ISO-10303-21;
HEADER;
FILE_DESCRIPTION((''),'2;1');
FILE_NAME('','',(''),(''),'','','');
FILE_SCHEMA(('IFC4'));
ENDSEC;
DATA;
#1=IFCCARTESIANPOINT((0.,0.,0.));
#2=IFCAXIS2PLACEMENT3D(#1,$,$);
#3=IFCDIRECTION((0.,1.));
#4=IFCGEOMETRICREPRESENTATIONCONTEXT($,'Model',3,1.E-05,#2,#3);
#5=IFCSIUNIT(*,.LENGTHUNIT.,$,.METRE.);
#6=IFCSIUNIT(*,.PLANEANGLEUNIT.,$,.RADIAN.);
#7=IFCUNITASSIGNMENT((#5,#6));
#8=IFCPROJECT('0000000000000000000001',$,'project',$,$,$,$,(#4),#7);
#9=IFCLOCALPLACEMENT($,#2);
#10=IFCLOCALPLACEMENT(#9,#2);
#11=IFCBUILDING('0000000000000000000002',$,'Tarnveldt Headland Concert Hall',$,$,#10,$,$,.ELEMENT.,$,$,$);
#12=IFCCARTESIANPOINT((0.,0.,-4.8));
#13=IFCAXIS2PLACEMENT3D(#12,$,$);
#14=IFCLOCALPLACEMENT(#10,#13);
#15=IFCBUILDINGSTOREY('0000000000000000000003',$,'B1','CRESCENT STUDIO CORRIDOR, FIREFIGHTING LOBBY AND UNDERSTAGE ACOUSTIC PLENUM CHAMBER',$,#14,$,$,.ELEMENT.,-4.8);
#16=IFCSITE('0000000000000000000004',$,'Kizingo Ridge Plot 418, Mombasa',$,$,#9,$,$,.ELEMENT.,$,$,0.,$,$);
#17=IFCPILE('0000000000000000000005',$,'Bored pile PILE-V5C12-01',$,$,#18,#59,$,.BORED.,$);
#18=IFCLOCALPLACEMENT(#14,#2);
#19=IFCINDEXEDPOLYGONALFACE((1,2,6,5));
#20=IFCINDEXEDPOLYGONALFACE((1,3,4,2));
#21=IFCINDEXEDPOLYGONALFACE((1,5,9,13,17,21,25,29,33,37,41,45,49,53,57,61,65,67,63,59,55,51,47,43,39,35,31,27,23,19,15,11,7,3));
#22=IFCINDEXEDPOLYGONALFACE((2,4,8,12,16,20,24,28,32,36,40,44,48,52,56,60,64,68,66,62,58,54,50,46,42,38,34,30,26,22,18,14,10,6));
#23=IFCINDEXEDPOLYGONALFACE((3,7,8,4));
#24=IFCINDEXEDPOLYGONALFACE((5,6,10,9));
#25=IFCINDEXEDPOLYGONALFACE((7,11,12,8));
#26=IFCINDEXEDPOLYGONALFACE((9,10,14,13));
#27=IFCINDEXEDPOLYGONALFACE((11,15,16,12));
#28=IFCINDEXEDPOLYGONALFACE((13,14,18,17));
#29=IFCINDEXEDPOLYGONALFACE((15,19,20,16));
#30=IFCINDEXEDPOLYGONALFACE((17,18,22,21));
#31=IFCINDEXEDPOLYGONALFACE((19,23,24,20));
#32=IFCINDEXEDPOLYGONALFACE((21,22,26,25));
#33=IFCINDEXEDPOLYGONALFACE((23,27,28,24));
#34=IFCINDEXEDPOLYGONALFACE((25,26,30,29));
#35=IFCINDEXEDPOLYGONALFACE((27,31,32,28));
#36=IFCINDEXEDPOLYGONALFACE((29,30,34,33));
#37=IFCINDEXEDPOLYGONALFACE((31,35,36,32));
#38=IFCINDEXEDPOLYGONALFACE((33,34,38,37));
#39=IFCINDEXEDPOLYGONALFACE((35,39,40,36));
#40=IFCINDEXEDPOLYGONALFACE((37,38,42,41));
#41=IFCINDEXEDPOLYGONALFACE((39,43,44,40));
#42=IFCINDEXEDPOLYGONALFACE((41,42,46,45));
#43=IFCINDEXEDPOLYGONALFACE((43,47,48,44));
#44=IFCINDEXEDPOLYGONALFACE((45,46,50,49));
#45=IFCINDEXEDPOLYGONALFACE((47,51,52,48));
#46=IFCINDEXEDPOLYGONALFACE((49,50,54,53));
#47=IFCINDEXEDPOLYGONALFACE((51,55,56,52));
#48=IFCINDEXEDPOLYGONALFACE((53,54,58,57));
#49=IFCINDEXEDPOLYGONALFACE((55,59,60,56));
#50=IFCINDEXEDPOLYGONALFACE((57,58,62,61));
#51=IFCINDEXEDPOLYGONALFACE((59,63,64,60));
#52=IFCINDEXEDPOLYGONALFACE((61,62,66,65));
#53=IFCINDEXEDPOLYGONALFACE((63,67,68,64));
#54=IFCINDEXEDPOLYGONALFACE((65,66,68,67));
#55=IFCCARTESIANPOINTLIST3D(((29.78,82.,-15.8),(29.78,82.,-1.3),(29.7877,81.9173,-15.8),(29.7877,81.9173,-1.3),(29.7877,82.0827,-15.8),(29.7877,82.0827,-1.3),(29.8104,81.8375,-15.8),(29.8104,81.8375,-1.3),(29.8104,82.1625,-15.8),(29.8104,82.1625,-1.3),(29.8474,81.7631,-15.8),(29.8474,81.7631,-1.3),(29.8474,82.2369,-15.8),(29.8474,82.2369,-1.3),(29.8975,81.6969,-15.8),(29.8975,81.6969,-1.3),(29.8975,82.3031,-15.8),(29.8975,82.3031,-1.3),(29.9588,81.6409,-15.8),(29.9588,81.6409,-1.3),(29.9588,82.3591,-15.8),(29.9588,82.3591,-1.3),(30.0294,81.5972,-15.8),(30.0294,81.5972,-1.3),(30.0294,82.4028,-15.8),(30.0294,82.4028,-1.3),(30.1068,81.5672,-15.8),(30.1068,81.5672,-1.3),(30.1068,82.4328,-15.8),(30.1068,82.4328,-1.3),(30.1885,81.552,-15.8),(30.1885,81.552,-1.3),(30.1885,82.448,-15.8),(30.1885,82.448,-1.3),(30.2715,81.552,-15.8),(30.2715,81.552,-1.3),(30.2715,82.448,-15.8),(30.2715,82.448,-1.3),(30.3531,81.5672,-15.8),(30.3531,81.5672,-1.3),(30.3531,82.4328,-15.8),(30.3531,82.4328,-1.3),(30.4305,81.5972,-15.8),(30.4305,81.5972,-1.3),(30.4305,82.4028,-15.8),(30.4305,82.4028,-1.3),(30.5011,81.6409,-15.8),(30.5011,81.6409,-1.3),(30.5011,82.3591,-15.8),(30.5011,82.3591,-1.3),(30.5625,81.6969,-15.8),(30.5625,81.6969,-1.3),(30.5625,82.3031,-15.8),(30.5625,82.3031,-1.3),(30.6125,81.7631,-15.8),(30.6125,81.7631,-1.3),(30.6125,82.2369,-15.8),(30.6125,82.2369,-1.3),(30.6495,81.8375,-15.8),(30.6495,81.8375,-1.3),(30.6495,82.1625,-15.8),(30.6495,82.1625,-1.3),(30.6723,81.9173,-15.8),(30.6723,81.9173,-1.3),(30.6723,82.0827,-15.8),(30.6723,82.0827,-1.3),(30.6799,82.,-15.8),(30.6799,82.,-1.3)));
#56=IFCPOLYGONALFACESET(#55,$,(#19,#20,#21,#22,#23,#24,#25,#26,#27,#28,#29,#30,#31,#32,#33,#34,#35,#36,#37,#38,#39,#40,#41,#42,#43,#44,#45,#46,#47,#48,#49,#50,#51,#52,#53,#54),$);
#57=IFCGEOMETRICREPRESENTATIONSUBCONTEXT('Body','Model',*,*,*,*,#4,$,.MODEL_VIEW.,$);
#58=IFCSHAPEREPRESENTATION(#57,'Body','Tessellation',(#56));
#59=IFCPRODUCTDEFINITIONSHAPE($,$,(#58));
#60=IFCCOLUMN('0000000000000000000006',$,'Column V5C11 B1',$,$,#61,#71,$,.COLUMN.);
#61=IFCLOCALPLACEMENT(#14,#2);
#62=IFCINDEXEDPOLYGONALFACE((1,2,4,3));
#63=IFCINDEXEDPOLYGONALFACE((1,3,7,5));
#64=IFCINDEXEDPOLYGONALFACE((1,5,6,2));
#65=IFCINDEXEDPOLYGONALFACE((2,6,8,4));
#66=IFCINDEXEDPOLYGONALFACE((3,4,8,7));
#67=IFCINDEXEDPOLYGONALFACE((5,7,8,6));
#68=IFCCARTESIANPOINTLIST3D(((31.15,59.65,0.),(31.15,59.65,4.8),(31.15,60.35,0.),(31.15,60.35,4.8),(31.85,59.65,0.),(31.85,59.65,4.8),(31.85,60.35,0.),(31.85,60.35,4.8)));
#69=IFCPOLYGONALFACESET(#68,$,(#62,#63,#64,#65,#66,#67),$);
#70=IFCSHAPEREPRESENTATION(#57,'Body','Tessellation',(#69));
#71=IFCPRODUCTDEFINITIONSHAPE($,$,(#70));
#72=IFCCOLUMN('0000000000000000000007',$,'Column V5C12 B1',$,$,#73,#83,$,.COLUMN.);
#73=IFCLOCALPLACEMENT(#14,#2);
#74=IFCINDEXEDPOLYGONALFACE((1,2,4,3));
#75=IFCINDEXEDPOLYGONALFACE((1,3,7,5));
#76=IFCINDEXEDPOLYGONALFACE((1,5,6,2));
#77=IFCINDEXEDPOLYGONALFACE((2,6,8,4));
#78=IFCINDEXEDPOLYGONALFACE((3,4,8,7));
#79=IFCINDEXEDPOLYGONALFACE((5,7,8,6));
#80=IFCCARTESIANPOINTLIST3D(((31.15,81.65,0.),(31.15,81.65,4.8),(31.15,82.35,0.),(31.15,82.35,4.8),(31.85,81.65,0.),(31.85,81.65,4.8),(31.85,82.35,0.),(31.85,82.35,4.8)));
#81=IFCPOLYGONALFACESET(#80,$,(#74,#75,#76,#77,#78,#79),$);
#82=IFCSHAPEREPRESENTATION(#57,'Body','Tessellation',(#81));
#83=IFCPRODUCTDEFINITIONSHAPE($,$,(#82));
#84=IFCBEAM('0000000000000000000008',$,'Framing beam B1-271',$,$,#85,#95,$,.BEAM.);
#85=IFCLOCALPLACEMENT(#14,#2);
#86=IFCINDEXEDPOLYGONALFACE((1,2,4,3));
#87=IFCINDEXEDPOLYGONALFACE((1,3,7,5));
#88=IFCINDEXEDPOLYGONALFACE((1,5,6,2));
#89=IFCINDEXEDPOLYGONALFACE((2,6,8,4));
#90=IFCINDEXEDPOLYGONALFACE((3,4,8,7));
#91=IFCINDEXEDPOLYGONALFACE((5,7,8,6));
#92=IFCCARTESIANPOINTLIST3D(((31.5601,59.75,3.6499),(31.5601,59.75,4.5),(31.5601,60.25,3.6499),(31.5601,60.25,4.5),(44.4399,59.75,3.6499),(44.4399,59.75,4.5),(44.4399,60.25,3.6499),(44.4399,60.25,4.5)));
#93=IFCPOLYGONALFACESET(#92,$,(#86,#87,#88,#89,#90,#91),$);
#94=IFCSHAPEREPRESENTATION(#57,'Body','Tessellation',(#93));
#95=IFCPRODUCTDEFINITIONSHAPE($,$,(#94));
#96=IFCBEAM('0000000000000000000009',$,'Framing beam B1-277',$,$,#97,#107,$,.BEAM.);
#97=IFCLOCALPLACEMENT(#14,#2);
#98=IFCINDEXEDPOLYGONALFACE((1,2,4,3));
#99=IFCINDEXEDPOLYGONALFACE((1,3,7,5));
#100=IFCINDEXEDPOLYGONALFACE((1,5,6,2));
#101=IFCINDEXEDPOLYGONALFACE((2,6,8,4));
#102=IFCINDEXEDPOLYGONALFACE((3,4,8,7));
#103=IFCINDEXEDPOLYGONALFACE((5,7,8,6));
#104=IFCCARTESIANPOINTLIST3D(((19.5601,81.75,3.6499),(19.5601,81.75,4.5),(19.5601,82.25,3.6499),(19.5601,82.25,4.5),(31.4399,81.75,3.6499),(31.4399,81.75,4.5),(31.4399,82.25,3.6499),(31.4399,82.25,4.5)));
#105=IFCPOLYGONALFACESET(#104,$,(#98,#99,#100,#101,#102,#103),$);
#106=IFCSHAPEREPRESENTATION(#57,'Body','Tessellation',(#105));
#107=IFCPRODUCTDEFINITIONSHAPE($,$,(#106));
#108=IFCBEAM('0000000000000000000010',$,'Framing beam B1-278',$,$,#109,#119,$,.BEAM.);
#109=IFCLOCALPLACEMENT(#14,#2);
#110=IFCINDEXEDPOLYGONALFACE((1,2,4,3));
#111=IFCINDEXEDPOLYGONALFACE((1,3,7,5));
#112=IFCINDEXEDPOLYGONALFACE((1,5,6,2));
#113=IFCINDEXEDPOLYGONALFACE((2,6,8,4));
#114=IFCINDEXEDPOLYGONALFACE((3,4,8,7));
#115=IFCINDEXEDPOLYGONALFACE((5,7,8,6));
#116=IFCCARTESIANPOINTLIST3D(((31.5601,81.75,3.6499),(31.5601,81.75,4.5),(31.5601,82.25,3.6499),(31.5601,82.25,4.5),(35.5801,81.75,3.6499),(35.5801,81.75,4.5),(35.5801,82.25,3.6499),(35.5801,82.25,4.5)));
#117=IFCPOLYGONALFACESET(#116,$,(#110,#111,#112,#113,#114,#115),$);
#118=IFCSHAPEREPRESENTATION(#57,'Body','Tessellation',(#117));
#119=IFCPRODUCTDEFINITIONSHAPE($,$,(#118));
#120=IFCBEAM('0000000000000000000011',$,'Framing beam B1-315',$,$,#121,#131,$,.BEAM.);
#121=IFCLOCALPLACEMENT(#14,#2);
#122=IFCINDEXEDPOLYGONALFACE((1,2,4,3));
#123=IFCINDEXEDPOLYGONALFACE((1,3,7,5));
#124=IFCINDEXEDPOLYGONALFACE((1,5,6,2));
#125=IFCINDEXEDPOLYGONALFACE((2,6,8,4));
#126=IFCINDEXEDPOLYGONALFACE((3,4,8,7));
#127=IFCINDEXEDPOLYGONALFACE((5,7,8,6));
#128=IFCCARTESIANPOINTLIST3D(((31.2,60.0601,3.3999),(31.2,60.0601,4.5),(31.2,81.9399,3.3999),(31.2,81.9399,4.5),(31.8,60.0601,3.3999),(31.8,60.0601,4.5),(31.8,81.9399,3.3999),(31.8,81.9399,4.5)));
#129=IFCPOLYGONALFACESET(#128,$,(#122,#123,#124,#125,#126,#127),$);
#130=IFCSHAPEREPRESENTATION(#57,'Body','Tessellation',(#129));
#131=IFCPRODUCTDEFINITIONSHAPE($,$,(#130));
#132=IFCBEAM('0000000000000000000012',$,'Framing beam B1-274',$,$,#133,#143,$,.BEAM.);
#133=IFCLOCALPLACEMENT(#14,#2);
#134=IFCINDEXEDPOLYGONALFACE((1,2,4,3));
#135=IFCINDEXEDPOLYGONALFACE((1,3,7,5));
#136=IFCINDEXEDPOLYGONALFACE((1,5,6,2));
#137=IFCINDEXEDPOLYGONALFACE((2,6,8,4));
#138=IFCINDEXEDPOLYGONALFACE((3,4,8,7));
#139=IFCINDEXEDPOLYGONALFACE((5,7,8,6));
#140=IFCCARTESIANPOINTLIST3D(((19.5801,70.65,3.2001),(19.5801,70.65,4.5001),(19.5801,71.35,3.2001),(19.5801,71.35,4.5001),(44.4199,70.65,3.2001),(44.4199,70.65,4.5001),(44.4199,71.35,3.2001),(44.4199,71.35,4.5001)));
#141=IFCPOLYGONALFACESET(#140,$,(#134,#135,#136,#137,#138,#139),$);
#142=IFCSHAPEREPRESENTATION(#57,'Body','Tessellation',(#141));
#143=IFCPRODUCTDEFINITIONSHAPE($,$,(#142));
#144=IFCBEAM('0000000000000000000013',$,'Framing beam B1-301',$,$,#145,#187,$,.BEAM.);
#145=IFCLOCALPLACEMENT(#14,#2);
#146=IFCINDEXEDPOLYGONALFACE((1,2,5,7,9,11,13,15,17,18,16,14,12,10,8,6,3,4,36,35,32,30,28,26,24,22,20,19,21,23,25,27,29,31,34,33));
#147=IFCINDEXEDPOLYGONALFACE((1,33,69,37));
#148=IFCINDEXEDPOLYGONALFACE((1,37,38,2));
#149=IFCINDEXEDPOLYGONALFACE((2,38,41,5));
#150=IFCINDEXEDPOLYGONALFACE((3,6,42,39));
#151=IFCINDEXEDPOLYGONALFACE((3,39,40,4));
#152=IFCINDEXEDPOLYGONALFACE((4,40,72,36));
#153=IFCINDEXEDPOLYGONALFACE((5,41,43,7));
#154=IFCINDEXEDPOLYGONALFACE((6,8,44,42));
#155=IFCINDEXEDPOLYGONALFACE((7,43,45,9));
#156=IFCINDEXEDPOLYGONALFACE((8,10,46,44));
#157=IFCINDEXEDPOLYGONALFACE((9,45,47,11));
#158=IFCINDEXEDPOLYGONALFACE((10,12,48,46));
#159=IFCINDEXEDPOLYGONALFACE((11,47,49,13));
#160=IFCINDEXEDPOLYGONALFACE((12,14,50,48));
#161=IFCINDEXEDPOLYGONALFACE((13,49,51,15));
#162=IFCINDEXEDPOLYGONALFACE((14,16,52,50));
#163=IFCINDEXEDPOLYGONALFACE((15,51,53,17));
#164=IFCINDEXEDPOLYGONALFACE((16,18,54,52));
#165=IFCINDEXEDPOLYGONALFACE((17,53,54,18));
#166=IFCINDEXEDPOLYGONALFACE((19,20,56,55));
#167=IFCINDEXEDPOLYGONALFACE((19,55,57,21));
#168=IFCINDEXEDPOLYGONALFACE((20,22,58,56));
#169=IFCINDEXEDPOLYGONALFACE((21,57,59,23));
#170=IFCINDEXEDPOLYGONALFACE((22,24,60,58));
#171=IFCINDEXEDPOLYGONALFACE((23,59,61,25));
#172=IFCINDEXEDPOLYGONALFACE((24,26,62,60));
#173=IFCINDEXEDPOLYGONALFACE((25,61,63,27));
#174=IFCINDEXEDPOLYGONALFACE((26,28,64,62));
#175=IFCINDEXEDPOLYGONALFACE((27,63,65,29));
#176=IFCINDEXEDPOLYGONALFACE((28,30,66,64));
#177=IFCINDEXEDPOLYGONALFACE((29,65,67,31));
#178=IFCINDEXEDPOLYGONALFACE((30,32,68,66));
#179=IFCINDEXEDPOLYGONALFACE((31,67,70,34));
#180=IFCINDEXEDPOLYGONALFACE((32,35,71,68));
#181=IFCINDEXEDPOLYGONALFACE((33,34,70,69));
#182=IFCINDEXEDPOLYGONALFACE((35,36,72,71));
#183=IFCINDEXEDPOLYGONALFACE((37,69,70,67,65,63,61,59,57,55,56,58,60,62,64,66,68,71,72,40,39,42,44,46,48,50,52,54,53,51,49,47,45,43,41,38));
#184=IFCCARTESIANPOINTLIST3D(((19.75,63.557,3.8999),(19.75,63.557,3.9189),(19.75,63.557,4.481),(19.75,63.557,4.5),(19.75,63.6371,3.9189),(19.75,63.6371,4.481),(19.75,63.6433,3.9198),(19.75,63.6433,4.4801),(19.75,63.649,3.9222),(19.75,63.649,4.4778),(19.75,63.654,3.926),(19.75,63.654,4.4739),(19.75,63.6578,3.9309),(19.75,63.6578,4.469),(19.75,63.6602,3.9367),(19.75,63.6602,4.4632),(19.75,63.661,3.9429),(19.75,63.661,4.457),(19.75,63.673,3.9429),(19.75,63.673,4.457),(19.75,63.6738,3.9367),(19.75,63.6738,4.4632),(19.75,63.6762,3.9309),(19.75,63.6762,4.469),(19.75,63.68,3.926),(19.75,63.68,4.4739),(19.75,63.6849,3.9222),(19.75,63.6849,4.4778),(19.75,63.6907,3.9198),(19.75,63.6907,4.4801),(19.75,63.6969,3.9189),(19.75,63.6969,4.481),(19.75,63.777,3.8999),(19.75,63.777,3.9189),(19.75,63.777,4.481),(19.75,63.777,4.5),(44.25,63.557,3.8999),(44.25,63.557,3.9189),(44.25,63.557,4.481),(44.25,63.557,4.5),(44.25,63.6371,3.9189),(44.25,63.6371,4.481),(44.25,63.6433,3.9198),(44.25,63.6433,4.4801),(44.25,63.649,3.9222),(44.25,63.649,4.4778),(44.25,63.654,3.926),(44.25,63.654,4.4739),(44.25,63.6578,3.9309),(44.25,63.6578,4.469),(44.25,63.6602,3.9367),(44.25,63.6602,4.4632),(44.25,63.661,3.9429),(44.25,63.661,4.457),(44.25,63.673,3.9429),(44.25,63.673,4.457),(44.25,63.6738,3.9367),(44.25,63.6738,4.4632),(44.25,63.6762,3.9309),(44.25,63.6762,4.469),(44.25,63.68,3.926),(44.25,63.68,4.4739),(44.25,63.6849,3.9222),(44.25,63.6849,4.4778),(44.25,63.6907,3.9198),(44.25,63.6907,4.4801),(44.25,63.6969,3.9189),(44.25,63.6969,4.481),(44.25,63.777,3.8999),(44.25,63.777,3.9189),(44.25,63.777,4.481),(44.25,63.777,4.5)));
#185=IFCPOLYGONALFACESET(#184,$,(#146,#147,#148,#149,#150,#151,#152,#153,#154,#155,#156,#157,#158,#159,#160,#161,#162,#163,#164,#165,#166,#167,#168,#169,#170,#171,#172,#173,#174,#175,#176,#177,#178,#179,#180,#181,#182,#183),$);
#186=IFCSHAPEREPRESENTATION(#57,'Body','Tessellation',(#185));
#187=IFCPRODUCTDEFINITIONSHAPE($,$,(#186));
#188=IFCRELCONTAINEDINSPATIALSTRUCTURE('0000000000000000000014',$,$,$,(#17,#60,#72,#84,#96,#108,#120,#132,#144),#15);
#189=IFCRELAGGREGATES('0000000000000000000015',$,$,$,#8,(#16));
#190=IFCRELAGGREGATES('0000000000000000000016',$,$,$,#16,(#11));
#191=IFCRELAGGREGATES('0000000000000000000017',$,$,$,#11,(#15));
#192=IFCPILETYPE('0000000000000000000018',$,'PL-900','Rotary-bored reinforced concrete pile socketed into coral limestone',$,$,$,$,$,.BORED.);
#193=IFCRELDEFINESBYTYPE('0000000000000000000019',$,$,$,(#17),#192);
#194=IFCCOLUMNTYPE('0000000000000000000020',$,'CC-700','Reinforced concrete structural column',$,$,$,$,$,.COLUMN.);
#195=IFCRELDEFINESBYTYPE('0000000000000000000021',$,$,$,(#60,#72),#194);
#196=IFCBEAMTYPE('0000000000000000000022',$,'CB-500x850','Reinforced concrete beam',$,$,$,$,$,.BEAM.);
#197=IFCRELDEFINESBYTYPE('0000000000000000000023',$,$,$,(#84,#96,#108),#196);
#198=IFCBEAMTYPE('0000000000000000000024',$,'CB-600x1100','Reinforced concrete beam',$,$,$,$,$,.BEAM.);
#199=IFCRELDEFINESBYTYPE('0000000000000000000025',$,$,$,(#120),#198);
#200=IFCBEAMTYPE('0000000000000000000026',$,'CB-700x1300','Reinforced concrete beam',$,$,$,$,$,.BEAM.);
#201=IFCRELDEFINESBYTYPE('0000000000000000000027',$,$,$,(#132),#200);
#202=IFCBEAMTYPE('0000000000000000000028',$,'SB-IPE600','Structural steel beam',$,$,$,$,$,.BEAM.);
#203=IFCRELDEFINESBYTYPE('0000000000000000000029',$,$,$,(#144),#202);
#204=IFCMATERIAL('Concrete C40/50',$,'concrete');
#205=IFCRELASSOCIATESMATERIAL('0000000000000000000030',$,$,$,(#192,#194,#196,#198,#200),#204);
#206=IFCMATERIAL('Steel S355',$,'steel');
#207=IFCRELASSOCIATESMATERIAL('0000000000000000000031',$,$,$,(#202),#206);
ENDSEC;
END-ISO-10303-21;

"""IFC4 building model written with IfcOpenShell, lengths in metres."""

from ifc_helpers import new_model, si_unit, direction, frame, origin, origin_2d, place, context, subcontext, project, spatial, rectangle, circle, i_section, extrude, material, material_profile, profile_set, type_object, element, save


model = new_model("IFC4")

# Units and contexts
model_context = context("Model", 3, precision=1e-05, world=origin(), true_north=direction((0.0, 1.0)))
body_context = subcontext(model_context, "Body", "Model", "MODEL_VIEW")
ifc_project = project(units=[si_unit("LENGTHUNIT", "METRE"), si_unit("PLANEANGLEUNIT", "RADIAN")], contexts=[model_context])

# Site, building, storey
site_placement = place(None, origin())
site = spatial("IfcSite", under=ifc_project, at=site_placement, Name="Kizingo Ridge Plot 418, Mombasa", CompositionType="ELEMENT", RefElevation=0.0)
building_placement = place(site_placement, origin())
building = spatial("IfcBuilding", under=site, at=building_placement, Name="Tarnveldt Headland Concert Hall", CompositionType="ELEMENT")
storey_placement = place(building_placement, frame((0.0, 0.0, -4.8)))
storey = spatial("IfcBuildingStorey", under=building, at=storey_placement, Name="B1", Description="CRESCENT STUDIO CORRIDOR, FIREFIGHTING LOBBY AND UNDERSTAGE ACOUSTIC PLENUM CHAMBER", CompositionType="ELEMENT", Elevation=-4.8)

# Shared definitions
ifc_material_1 = material(Name="Concrete C40/50", Category="concrete")

# Pile
ifc_material_profile_1 = material_profile(ifc_material_1, circle(Radius=0.45, at=origin_2d()), Name="BORED PILE D900", Category="concrete")
ifc_profile_set_1 = profile_set([ifc_material_profile_1], Name="Concrete C40/50")
pile_type_1 = type_object("IfcPileType", Name="PL-900", Description="Rotary-bored reinforced concrete pile socketed into coral limestone", PredefinedType="BORED", material=ifc_profile_set_1)
pile_1_placement = place(storey_placement, frame((30.23, 82.0, -1.3), z_axis=(0.0, 0.0, -1.0), x_axis=(1.0, 0.0, 0.0)))
element("IfcPile", 1, at=pile_1_placement, inside=storey, type_object=pile_type_1, Name="Bored pile PILE-V5C12-01", PredefinedType="BORED", context=body_context, shape_type="SweptSolid", body=[
    extrude(circle(Radius=0.45, at=origin_2d()), origin(), (0.0, 0.0, 1.0), 14.5),
])

# Columns
ifc_material_profile_2 = material_profile(ifc_material_1, rectangle(XDim=0.7, YDim=0.7, at=origin_2d()), Name="RC 700x700", Category="concrete")
ifc_profile_set_2 = profile_set([ifc_material_profile_2], Name="Concrete C40/50")
column_type = type_object("IfcColumnType", Name="CC-700", Description="Reinforced concrete structural column", PredefinedType="COLUMN", material=ifc_profile_set_2)
for number, where, z_axis, x_axis, name in (
    (2, (31.5, 60.0, 0.0), (0.0, 0.0, 1.0), (1.0, 0.0, 0.0), "Column V5C11 B1"),
    (3, (31.5, 82.0, 0.0), (0.0, 0.0, 1.0), (1.0, 0.0, 0.0), "Column V5C12 B1"),
):
    element("IfcColumn", number, at=place(storey_placement, frame(where, z_axis=z_axis, x_axis=x_axis)), inside=storey, type_object=column_type, Name=name, PredefinedType="COLUMN", context=body_context, shape_type="SweptSolid", body=[
        extrude(rectangle(XDim=0.7, YDim=0.7, at=origin_2d()), origin(), (0.0, 0.0, 1.0), 4.8),
    ])

# Beams
ifc_material_profile_3 = material_profile(ifc_material_1, rectangle(XDim=0.5, YDim=0.8501, at=origin_2d()), Name="RC 500x850", Category="concrete")
ifc_profile_set_3 = profile_set([ifc_material_profile_3], Name="Concrete C40/50")
beam_type_1 = type_object("IfcBeamType", Name="CB-500x850", Description="Reinforced concrete beam", PredefinedType="BEAM", material=ifc_profile_set_3)
beam_1_placement = place(storey_placement, frame((31.5601, 60.0, 4.075), z_axis=(1.0, 0.0, 0.0), x_axis=(0.0, 1.0, 0.0)))
element("IfcBeam", 4, at=beam_1_placement, inside=storey, type_object=beam_type_1, Name="Framing beam B1-271", PredefinedType="BEAM", context=body_context, shape_type="SweptSolid", body=[
    extrude(rectangle(XDim=0.5, YDim=0.8501, at=origin_2d()), origin(), (0.0, 0.0, 1.0), 12.8799),
])
beam_2_placement = place(storey_placement, frame((19.5601, 82.0, 4.075), z_axis=(1.0, 0.0, 0.0), x_axis=(0.0, 1.0, 0.0)))
element("IfcBeam", 5, at=beam_2_placement, inside=storey, type_object=beam_type_1, Name="Framing beam B1-277", PredefinedType="BEAM", context=body_context, shape_type="SweptSolid", body=[
    extrude(rectangle(XDim=0.5, YDim=0.8501, at=origin_2d()), origin(), (0.0, 0.0, 1.0), 11.8799),
])
beam_3_placement = place(storey_placement, frame((31.5601, 82.0, 4.075), z_axis=(1.0, 0.0, 0.0), x_axis=(0.0, 1.0, 0.0)))
element("IfcBeam", 6, at=beam_3_placement, inside=storey, type_object=beam_type_1, Name="Framing beam B1-278", PredefinedType="BEAM", context=body_context, shape_type="SweptSolid", body=[
    extrude(rectangle(XDim=0.5, YDim=0.8501, at=origin_2d()), origin(), (0.0, 0.0, 1.0), 4.02),
])
ifc_material_profile_4 = material_profile(ifc_material_1, rectangle(XDim=0.6001, YDim=1.1001, at=origin_2d()), Name="RC 600x1100", Category="concrete")
ifc_profile_set_4 = profile_set([ifc_material_profile_4], Name="Concrete C40/50")
beam_type_2 = type_object("IfcBeamType", Name="CB-600x1100", Description="Reinforced concrete beam", PredefinedType="BEAM", material=ifc_profile_set_4)
beam_4_placement = place(storey_placement, frame((31.5, 60.0601, 3.95), z_axis=(0.0, 1.0, 0.0), x_axis=(-1.0, 0.0, 0.0)))
element("IfcBeam", 7, at=beam_4_placement, inside=storey, type_object=beam_type_2, Name="Framing beam B1-315", PredefinedType="BEAM", context=body_context, shape_type="SweptSolid", body=[
    extrude(rectangle(XDim=0.6001, YDim=1.1001, at=origin_2d()), origin(), (0.0, 0.0, 1.0), 21.8799),
])
ifc_material_profile_5 = material_profile(ifc_material_1, rectangle(XDim=0.7, YDim=1.3, at=origin_2d()), Name="RC 700x1300", Category="concrete")
ifc_profile_set_5 = profile_set([ifc_material_profile_5], Name="Concrete C40/50")
beam_type_3 = type_object("IfcBeamType", Name="CB-700x1300", Description="Reinforced concrete beam", PredefinedType="BEAM", material=ifc_profile_set_5)
beam_5_placement = place(storey_placement, frame((19.5801, 71.0, 3.8501), z_axis=(1.0, 0.0, 0.0), x_axis=(0.0, 1.0, 0.0)))
element("IfcBeam", 8, at=beam_5_placement, inside=storey, type_object=beam_type_3, Name="Framing beam B1-274", PredefinedType="BEAM", context=body_context, shape_type="SweptSolid", body=[
    extrude(rectangle(XDim=0.7, YDim=1.3, at=origin_2d()), origin(), (0.0, 0.0, 1.0), 24.8398),
])
ifc_material_2 = material(Name="Steel S355", Category="steel")
ifc_material_profile_6 = material_profile(ifc_material_2, i_section(OverallWidth=0.22, OverallDepth=0.6001, WebThickness=0.012, FlangeThickness=0.019, FilletRadius=0.0239, at=origin_2d()), Name="IPE600", Category="steel")
ifc_profile_set_6 = profile_set([ifc_material_profile_6], Name="Steel S355")
beam_type_4 = type_object("IfcBeamType", Name="SB-IPE600", Description="Structural steel beam", PredefinedType="BEAM", material=ifc_profile_set_6)
for number, where, z_axis, x_axis, name in (
    (9, (19.75, 63.667, 4.2), (1.0, 0.0, 0.0), (0.0, 1.0, 0.0), "Framing beam B1-301"),
):
    element("IfcBeam", number, at=place(storey_placement, frame(where, z_axis=z_axis, x_axis=x_axis)), inside=storey, type_object=beam_type_4, Name=name, PredefinedType="BEAM", context=body_context, shape_type="SweptSolid", body=[
        extrude(i_section(OverallWidth=0.22, OverallDepth=0.6001, WebThickness=0.012, FlangeThickness=0.019, FilletRadius=0.0239, at=origin_2d()), origin(), (0.0, 0.0, 1.0), 24.5),
    ])

save(model, "model.ifc")
